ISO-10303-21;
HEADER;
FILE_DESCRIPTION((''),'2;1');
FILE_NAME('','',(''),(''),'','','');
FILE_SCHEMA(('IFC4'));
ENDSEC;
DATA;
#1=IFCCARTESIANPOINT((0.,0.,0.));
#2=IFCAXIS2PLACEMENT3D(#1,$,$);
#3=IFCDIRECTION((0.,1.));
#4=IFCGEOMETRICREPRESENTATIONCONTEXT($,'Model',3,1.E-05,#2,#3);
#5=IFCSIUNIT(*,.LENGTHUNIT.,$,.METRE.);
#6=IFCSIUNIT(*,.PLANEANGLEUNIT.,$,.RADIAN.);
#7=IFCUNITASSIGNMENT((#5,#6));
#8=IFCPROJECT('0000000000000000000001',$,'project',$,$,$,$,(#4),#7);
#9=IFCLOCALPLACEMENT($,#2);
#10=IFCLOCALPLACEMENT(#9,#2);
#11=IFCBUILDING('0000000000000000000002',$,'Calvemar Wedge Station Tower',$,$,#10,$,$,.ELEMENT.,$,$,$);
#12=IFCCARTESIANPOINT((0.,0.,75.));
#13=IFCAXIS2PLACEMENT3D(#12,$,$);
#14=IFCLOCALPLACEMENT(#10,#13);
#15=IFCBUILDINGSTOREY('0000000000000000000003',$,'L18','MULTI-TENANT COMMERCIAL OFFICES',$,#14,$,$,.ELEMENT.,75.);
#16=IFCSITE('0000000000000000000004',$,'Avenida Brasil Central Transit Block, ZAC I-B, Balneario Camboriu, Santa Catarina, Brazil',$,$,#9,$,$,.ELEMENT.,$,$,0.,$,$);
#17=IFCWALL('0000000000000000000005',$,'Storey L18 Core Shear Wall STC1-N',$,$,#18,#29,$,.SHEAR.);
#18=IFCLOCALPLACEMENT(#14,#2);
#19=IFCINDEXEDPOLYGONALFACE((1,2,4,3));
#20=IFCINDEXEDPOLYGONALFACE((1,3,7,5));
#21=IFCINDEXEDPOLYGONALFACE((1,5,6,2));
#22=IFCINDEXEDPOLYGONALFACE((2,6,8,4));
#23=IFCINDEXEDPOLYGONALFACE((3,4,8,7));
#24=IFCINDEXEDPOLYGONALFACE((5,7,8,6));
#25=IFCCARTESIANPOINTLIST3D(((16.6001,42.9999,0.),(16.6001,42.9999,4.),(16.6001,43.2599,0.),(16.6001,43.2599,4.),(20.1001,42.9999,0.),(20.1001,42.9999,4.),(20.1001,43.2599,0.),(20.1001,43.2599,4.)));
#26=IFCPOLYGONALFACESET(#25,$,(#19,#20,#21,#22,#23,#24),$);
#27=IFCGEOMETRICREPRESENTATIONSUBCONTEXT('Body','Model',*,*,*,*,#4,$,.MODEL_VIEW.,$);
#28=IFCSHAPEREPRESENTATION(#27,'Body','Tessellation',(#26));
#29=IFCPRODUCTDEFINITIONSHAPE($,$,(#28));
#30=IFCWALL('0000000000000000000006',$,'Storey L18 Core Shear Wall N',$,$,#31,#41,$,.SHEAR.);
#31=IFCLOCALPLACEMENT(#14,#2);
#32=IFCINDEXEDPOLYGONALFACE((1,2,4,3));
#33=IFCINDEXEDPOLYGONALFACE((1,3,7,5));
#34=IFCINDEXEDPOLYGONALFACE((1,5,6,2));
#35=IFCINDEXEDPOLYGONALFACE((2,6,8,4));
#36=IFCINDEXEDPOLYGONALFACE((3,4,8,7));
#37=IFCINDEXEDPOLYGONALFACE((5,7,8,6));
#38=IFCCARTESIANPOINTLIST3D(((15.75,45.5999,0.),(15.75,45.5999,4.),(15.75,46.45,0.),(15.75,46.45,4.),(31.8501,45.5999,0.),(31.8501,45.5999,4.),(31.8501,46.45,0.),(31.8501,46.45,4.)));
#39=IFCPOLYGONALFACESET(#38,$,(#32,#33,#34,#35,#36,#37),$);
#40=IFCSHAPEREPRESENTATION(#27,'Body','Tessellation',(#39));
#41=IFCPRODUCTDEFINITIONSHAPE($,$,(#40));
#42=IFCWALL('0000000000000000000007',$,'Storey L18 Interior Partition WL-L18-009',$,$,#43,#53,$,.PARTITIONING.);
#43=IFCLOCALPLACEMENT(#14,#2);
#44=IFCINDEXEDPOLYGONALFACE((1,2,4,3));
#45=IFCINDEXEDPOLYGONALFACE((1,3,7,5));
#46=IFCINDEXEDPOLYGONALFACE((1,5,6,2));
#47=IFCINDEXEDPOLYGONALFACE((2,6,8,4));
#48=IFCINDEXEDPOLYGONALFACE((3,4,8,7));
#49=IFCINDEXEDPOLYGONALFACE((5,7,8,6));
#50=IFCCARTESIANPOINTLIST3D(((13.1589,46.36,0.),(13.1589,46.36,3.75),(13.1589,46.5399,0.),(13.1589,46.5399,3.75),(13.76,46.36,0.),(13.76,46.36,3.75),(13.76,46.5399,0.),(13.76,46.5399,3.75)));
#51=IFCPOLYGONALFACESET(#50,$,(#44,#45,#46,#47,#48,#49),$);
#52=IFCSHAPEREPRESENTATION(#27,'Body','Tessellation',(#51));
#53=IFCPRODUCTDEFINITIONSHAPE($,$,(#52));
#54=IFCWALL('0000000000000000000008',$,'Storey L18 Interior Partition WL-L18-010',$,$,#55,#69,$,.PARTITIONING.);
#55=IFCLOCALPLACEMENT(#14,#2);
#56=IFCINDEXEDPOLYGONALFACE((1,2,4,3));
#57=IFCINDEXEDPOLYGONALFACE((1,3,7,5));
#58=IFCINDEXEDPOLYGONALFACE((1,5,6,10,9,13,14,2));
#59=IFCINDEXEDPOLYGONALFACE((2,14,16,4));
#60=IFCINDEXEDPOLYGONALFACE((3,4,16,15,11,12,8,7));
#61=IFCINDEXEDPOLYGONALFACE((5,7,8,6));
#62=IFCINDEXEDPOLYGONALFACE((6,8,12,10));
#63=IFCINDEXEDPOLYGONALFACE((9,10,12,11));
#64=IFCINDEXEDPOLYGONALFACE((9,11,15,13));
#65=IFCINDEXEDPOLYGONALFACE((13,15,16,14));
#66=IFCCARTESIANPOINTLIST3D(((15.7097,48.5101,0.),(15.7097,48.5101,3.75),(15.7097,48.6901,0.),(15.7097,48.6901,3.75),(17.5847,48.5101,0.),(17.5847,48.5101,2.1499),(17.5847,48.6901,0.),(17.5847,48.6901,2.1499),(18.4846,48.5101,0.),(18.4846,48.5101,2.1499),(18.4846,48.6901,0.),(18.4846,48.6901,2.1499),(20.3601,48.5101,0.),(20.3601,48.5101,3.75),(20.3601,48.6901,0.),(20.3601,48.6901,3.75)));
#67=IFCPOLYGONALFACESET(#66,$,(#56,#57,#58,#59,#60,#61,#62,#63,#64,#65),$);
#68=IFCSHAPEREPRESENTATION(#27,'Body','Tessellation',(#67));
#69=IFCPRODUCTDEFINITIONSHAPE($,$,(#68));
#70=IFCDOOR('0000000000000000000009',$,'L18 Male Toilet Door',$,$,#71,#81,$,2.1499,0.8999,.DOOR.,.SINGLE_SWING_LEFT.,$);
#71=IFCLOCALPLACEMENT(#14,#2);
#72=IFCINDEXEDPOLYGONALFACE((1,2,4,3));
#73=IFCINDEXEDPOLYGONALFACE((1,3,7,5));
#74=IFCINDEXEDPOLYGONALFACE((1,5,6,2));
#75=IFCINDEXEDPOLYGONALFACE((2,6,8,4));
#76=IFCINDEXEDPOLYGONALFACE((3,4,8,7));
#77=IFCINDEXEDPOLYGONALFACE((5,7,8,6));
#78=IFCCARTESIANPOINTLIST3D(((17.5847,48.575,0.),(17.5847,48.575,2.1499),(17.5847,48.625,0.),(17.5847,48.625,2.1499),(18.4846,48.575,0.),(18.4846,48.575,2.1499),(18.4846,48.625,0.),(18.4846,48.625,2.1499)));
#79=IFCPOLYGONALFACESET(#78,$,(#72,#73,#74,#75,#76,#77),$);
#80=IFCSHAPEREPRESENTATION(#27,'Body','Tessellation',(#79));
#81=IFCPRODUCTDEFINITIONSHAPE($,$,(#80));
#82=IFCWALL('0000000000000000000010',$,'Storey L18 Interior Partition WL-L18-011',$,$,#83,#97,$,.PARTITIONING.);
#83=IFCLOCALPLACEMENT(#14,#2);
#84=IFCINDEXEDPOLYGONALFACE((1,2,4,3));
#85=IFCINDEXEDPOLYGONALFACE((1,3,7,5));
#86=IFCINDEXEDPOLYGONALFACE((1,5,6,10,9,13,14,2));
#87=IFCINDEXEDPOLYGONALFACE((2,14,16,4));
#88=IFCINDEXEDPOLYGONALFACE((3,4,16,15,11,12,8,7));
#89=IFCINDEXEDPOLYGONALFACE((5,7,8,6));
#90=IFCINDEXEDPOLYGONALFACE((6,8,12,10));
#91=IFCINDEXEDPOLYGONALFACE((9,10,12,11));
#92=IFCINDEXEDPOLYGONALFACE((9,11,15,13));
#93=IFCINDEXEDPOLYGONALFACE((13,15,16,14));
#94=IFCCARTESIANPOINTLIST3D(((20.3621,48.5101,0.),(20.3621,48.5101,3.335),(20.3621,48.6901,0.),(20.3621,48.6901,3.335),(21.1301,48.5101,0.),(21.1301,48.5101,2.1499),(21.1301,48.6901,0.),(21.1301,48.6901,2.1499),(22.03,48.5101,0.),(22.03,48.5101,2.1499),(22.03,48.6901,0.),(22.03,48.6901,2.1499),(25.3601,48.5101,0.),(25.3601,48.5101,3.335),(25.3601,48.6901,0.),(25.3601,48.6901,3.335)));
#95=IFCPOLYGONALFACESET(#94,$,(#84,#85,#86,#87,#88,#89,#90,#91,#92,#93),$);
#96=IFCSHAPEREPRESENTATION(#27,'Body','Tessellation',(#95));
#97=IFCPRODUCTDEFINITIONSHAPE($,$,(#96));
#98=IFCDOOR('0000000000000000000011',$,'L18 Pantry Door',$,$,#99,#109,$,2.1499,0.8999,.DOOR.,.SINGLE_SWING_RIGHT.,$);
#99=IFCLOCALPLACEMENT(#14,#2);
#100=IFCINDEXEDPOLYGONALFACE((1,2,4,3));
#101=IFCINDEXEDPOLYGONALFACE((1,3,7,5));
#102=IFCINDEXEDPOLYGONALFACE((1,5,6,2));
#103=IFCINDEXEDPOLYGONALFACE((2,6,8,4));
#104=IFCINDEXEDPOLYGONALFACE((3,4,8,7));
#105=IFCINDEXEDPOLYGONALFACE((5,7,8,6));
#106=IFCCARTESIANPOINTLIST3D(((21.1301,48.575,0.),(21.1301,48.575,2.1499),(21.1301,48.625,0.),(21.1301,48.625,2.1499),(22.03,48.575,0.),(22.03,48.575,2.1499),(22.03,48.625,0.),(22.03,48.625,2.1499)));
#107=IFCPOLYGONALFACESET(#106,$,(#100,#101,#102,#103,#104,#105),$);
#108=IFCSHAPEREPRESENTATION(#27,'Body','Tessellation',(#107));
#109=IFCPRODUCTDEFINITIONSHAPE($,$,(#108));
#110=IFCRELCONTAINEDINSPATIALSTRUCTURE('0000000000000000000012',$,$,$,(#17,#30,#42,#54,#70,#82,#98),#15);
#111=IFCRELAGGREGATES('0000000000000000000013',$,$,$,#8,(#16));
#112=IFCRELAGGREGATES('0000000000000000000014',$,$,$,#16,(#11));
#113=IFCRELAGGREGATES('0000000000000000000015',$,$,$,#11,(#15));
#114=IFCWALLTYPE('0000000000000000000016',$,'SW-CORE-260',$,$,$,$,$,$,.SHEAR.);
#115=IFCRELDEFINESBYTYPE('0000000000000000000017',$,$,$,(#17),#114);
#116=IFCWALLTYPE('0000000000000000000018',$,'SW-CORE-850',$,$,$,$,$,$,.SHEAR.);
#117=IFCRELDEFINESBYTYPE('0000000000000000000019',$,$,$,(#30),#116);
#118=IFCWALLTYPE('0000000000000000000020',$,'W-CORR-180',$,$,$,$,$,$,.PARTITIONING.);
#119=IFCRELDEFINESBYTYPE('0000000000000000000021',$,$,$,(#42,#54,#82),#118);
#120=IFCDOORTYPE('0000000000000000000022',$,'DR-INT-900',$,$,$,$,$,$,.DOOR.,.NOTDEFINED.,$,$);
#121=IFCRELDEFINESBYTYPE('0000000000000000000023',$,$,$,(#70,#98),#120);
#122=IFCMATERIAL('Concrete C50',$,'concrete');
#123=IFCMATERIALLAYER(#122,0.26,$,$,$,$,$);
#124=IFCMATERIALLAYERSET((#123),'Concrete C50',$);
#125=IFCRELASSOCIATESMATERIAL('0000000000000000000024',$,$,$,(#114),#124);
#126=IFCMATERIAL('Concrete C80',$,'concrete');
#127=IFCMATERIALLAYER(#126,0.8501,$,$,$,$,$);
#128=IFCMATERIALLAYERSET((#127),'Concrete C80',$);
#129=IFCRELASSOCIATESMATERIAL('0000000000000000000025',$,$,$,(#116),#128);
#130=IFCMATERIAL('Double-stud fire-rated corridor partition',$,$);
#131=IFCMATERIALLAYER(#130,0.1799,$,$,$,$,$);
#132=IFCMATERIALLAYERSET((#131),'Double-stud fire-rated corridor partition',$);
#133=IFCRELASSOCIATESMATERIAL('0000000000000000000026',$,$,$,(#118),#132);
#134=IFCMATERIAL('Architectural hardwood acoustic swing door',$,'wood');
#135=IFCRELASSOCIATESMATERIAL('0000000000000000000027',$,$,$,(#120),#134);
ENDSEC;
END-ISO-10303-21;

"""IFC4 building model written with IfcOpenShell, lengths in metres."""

from ifc_helpers import new_model, si_unit, direction, frame, frame_2d, origin, place, context, subcontext, project, spatial, rectangle, extrude, source, transform, mapped, material, layer, layer_set, type_object, element, fill, save


model = new_model("IFC4")

# Units and contexts
model_context = context("Model", 3, precision=1e-05, world=origin(), true_north=direction((0.0, 1.0)))
body_context = subcontext(model_context, "Body", "Model", "MODEL_VIEW")
ifc_project = project(units=[si_unit("LENGTHUNIT", "METRE"), si_unit("PLANEANGLEUNIT", "RADIAN")], contexts=[model_context])

# Site, building, storey
site_placement = place(None, origin())
site = spatial("IfcSite", under=ifc_project, at=site_placement, Name="Avenida Brasil Central Transit Block, ZAC I-B, Balneario Camboriu, Santa Catarina, Brazil", CompositionType="ELEMENT", RefElevation=0.0)
building_placement = place(site_placement, origin())
building = spatial("IfcBuilding", under=site, at=building_placement, Name="Calvemar Wedge Station Tower", CompositionType="ELEMENT")
storey_placement = place(building_placement, frame((0.0, 0.0, 75.0)))
storey = spatial("IfcBuildingStorey", under=building, at=storey_placement, Name="L18", Description="MULTI-TENANT COMMERCIAL OFFICES", CompositionType="ELEMENT", Elevation=75.0)

# Walls
ifc_material_1 = material(Name="Concrete C50", Category="concrete")
ifc_layer_1 = layer(ifc_material_1, 0.26)
ifc_layer_set_1 = layer_set([ifc_layer_1], Name="Concrete C50")
wall_type_1 = type_object("IfcWallType", Name="SW-CORE-260", PredefinedType="SHEAR", material=ifc_layer_set_1)
wall_1_placement = place(storey_placement, frame((16.6001, 43.1299, 0.0), z_axis=(0.0, 0.0, 1.0), x_axis=(1.0, 0.0, 0.0)))
element("IfcWall", 1, at=wall_1_placement, inside=storey, type_object=wall_type_1, Name="Storey L18 Core Shear Wall STC1-N", PredefinedType="SHEAR", context=body_context, shape_type="SweptSolid", body=[
    extrude(rectangle(XDim=3.5, YDim=0.26, at=frame_2d((1.75, 0.0))), origin(), (0.0, 0.0, 1.0), 4.0),
])
ifc_material_2 = material(Name="Concrete C80", Category="concrete")
ifc_layer_2 = layer(ifc_material_2, 0.8501)
ifc_layer_set_2 = layer_set([ifc_layer_2], Name="Concrete C80")
wall_type_2 = type_object("IfcWallType", Name="SW-CORE-850", PredefinedType="SHEAR", material=ifc_layer_set_2)
wall_2_placement = place(storey_placement, frame((15.75, 46.0249, 0.0), z_axis=(0.0, 0.0, 1.0), x_axis=(1.0, 0.0, 0.0)))
element("IfcWall", 2, at=wall_2_placement, inside=storey, type_object=wall_type_2, Name="Storey L18 Core Shear Wall N", PredefinedType="SHEAR", context=body_context, shape_type="SweptSolid", body=[
    extrude(rectangle(XDim=16.1001, YDim=0.8501, at=frame_2d((8.05, 0.0))), origin(), (0.0, 0.0, 1.0), 4.0),
])
ifc_material_3 = material(Name="Double-stud fire-rated corridor partition")
ifc_layer_3 = layer(ifc_material_3, 0.1799)
ifc_layer_set_3 = layer_set([ifc_layer_3], Name="Double-stud fire-rated corridor partition")
wall_type_3 = type_object("IfcWallType", Name="W-CORR-180", PredefinedType="PARTITIONING", material=ifc_layer_set_3)
wall_3_placement = place(storey_placement, frame((13.76, 46.45, 0.0), z_axis=(0.0, 0.0, 1.0), x_axis=(-1.0, 0.0, 0.0)))
element("IfcWall", 3, at=wall_3_placement, inside=storey, type_object=wall_type_3, Name="Storey L18 Interior Partition WL-L18-009", PredefinedType="PARTITIONING", context=body_context, shape_type="SweptSolid", body=[
    extrude(rectangle(XDim=0.6011, YDim=0.1799, at=frame_2d((0.3005, 0.0))), origin(), (0.0, 0.0, 1.0), 3.75),
])

# Walls, openings, doors
wall_4_placement = place(storey_placement, frame((15.7097, 48.6001, 0.0), z_axis=(0.0, 0.0, 1.0), x_axis=(1.0, 0.0, 0.0)))
wall_4 = element("IfcWall", 4, at=wall_4_placement, inside=storey, type_object=wall_type_3, Name="Storey L18 Interior Partition WL-L18-010", PredefinedType="PARTITIONING", context=body_context, shape_type="SweptSolid", body=[
    extrude(rectangle(XDim=4.6504, YDim=0.1799, at=frame_2d((2.3252, 0.0))), origin(), (0.0, 0.0, 1.0), 3.75),
])
shared_shape_1 = source(origin(), body_context, "Body", "SweptSolid", [
    extrude(rectangle(XDim=0.8999, YDim=2.1499, at=frame_2d((0.45, 1.075))), frame((0.0, 0.1001, 0.0), z_axis=(0.0, -1.0, 0.0), x_axis=(1.0, 0.0, 0.0)), (0.0, 0.0, 1.0), 0.2),
])
opening_1_placement = place(wall_4_placement, frame((1.875, 0.0, 0.0)))
opening_1 = element("IfcOpeningElement", 5, at=opening_1_placement, cuts=wall_4, PredefinedType="OPENING", context=body_context, shape_type="MappedRepresentation", body=[
    mapped(shared_shape_1, transform((0.0, 0.0, 0.0), scale=1.0)),
])
ifc_material_4 = material(Name="Architectural hardwood acoustic swing door", Category="wood")
door_type_1 = type_object("IfcDoorType", Name="DR-INT-900", OperationType="NOTDEFINED", PredefinedType="DOOR", material=ifc_material_4)
shared_shape_2 = source(origin(), body_context, "Body", "SweptSolid", [
    extrude(rectangle(XDim=0.8999, YDim=2.1499, at=frame_2d((0.45, 1.075))), frame((0.0, 0.0249, 0.0), z_axis=(0.0, -1.0, 0.0), x_axis=(1.0, 0.0, 0.0)), (0.0, 0.0, 1.0), 0.05),
])
door_1_placement = place(opening_1_placement, origin())
door_1 = element("IfcDoor", 6, at=door_1_placement, inside=storey, type_object=door_type_1, Name="L18 Male Toilet Door", OperationType="SINGLE_SWING_LEFT", OverallHeight=2.1499, OverallWidth=0.8999, PredefinedType="DOOR", context=body_context, shape_type="MappedRepresentation", body=[
    mapped(shared_shape_2, transform((0.0, 0.0, 0.0), scale=1.0)),
])
fill(opening_1, door_1)
wall_5_placement = place(storey_placement, frame((20.3621, 48.6001, 0.0), z_axis=(0.0, 0.0, 1.0), x_axis=(1.0, 0.0, 0.0)))
wall_5 = element("IfcWall", 7, at=wall_5_placement, inside=storey, type_object=wall_type_3, Name="Storey L18 Interior Partition WL-L18-011", PredefinedType="PARTITIONING", context=body_context, shape_type="SweptSolid", body=[
    extrude(rectangle(XDim=4.998, YDim=0.1799, at=frame_2d((2.499, 0.0))), origin(), (0.0, 0.0, 1.0), 3.335),
])
opening_2_placement = place(wall_5_placement, frame((0.7681, 0.0, 0.0)))
opening_2 = element("IfcOpeningElement", 8, at=opening_2_placement, cuts=wall_5, PredefinedType="OPENING", context=body_context, shape_type="MappedRepresentation", body=[
    mapped(shared_shape_1, transform((0.0, 0.0, 0.0), scale=1.0)),
])
door_2_placement = place(opening_2_placement, origin())
door_2 = element("IfcDoor", 9, at=door_2_placement, inside=storey, type_object=door_type_1, Name="L18 Pantry Door", OperationType="SINGLE_SWING_RIGHT", OverallHeight=2.1499, OverallWidth=0.8999, PredefinedType="DOOR", context=body_context, shape_type="MappedRepresentation", body=[
    mapped(shared_shape_2, transform((0.0, 0.0, 0.0), scale=1.0)),
])
fill(opening_2, door_2)

save(model, "model.ifc")
